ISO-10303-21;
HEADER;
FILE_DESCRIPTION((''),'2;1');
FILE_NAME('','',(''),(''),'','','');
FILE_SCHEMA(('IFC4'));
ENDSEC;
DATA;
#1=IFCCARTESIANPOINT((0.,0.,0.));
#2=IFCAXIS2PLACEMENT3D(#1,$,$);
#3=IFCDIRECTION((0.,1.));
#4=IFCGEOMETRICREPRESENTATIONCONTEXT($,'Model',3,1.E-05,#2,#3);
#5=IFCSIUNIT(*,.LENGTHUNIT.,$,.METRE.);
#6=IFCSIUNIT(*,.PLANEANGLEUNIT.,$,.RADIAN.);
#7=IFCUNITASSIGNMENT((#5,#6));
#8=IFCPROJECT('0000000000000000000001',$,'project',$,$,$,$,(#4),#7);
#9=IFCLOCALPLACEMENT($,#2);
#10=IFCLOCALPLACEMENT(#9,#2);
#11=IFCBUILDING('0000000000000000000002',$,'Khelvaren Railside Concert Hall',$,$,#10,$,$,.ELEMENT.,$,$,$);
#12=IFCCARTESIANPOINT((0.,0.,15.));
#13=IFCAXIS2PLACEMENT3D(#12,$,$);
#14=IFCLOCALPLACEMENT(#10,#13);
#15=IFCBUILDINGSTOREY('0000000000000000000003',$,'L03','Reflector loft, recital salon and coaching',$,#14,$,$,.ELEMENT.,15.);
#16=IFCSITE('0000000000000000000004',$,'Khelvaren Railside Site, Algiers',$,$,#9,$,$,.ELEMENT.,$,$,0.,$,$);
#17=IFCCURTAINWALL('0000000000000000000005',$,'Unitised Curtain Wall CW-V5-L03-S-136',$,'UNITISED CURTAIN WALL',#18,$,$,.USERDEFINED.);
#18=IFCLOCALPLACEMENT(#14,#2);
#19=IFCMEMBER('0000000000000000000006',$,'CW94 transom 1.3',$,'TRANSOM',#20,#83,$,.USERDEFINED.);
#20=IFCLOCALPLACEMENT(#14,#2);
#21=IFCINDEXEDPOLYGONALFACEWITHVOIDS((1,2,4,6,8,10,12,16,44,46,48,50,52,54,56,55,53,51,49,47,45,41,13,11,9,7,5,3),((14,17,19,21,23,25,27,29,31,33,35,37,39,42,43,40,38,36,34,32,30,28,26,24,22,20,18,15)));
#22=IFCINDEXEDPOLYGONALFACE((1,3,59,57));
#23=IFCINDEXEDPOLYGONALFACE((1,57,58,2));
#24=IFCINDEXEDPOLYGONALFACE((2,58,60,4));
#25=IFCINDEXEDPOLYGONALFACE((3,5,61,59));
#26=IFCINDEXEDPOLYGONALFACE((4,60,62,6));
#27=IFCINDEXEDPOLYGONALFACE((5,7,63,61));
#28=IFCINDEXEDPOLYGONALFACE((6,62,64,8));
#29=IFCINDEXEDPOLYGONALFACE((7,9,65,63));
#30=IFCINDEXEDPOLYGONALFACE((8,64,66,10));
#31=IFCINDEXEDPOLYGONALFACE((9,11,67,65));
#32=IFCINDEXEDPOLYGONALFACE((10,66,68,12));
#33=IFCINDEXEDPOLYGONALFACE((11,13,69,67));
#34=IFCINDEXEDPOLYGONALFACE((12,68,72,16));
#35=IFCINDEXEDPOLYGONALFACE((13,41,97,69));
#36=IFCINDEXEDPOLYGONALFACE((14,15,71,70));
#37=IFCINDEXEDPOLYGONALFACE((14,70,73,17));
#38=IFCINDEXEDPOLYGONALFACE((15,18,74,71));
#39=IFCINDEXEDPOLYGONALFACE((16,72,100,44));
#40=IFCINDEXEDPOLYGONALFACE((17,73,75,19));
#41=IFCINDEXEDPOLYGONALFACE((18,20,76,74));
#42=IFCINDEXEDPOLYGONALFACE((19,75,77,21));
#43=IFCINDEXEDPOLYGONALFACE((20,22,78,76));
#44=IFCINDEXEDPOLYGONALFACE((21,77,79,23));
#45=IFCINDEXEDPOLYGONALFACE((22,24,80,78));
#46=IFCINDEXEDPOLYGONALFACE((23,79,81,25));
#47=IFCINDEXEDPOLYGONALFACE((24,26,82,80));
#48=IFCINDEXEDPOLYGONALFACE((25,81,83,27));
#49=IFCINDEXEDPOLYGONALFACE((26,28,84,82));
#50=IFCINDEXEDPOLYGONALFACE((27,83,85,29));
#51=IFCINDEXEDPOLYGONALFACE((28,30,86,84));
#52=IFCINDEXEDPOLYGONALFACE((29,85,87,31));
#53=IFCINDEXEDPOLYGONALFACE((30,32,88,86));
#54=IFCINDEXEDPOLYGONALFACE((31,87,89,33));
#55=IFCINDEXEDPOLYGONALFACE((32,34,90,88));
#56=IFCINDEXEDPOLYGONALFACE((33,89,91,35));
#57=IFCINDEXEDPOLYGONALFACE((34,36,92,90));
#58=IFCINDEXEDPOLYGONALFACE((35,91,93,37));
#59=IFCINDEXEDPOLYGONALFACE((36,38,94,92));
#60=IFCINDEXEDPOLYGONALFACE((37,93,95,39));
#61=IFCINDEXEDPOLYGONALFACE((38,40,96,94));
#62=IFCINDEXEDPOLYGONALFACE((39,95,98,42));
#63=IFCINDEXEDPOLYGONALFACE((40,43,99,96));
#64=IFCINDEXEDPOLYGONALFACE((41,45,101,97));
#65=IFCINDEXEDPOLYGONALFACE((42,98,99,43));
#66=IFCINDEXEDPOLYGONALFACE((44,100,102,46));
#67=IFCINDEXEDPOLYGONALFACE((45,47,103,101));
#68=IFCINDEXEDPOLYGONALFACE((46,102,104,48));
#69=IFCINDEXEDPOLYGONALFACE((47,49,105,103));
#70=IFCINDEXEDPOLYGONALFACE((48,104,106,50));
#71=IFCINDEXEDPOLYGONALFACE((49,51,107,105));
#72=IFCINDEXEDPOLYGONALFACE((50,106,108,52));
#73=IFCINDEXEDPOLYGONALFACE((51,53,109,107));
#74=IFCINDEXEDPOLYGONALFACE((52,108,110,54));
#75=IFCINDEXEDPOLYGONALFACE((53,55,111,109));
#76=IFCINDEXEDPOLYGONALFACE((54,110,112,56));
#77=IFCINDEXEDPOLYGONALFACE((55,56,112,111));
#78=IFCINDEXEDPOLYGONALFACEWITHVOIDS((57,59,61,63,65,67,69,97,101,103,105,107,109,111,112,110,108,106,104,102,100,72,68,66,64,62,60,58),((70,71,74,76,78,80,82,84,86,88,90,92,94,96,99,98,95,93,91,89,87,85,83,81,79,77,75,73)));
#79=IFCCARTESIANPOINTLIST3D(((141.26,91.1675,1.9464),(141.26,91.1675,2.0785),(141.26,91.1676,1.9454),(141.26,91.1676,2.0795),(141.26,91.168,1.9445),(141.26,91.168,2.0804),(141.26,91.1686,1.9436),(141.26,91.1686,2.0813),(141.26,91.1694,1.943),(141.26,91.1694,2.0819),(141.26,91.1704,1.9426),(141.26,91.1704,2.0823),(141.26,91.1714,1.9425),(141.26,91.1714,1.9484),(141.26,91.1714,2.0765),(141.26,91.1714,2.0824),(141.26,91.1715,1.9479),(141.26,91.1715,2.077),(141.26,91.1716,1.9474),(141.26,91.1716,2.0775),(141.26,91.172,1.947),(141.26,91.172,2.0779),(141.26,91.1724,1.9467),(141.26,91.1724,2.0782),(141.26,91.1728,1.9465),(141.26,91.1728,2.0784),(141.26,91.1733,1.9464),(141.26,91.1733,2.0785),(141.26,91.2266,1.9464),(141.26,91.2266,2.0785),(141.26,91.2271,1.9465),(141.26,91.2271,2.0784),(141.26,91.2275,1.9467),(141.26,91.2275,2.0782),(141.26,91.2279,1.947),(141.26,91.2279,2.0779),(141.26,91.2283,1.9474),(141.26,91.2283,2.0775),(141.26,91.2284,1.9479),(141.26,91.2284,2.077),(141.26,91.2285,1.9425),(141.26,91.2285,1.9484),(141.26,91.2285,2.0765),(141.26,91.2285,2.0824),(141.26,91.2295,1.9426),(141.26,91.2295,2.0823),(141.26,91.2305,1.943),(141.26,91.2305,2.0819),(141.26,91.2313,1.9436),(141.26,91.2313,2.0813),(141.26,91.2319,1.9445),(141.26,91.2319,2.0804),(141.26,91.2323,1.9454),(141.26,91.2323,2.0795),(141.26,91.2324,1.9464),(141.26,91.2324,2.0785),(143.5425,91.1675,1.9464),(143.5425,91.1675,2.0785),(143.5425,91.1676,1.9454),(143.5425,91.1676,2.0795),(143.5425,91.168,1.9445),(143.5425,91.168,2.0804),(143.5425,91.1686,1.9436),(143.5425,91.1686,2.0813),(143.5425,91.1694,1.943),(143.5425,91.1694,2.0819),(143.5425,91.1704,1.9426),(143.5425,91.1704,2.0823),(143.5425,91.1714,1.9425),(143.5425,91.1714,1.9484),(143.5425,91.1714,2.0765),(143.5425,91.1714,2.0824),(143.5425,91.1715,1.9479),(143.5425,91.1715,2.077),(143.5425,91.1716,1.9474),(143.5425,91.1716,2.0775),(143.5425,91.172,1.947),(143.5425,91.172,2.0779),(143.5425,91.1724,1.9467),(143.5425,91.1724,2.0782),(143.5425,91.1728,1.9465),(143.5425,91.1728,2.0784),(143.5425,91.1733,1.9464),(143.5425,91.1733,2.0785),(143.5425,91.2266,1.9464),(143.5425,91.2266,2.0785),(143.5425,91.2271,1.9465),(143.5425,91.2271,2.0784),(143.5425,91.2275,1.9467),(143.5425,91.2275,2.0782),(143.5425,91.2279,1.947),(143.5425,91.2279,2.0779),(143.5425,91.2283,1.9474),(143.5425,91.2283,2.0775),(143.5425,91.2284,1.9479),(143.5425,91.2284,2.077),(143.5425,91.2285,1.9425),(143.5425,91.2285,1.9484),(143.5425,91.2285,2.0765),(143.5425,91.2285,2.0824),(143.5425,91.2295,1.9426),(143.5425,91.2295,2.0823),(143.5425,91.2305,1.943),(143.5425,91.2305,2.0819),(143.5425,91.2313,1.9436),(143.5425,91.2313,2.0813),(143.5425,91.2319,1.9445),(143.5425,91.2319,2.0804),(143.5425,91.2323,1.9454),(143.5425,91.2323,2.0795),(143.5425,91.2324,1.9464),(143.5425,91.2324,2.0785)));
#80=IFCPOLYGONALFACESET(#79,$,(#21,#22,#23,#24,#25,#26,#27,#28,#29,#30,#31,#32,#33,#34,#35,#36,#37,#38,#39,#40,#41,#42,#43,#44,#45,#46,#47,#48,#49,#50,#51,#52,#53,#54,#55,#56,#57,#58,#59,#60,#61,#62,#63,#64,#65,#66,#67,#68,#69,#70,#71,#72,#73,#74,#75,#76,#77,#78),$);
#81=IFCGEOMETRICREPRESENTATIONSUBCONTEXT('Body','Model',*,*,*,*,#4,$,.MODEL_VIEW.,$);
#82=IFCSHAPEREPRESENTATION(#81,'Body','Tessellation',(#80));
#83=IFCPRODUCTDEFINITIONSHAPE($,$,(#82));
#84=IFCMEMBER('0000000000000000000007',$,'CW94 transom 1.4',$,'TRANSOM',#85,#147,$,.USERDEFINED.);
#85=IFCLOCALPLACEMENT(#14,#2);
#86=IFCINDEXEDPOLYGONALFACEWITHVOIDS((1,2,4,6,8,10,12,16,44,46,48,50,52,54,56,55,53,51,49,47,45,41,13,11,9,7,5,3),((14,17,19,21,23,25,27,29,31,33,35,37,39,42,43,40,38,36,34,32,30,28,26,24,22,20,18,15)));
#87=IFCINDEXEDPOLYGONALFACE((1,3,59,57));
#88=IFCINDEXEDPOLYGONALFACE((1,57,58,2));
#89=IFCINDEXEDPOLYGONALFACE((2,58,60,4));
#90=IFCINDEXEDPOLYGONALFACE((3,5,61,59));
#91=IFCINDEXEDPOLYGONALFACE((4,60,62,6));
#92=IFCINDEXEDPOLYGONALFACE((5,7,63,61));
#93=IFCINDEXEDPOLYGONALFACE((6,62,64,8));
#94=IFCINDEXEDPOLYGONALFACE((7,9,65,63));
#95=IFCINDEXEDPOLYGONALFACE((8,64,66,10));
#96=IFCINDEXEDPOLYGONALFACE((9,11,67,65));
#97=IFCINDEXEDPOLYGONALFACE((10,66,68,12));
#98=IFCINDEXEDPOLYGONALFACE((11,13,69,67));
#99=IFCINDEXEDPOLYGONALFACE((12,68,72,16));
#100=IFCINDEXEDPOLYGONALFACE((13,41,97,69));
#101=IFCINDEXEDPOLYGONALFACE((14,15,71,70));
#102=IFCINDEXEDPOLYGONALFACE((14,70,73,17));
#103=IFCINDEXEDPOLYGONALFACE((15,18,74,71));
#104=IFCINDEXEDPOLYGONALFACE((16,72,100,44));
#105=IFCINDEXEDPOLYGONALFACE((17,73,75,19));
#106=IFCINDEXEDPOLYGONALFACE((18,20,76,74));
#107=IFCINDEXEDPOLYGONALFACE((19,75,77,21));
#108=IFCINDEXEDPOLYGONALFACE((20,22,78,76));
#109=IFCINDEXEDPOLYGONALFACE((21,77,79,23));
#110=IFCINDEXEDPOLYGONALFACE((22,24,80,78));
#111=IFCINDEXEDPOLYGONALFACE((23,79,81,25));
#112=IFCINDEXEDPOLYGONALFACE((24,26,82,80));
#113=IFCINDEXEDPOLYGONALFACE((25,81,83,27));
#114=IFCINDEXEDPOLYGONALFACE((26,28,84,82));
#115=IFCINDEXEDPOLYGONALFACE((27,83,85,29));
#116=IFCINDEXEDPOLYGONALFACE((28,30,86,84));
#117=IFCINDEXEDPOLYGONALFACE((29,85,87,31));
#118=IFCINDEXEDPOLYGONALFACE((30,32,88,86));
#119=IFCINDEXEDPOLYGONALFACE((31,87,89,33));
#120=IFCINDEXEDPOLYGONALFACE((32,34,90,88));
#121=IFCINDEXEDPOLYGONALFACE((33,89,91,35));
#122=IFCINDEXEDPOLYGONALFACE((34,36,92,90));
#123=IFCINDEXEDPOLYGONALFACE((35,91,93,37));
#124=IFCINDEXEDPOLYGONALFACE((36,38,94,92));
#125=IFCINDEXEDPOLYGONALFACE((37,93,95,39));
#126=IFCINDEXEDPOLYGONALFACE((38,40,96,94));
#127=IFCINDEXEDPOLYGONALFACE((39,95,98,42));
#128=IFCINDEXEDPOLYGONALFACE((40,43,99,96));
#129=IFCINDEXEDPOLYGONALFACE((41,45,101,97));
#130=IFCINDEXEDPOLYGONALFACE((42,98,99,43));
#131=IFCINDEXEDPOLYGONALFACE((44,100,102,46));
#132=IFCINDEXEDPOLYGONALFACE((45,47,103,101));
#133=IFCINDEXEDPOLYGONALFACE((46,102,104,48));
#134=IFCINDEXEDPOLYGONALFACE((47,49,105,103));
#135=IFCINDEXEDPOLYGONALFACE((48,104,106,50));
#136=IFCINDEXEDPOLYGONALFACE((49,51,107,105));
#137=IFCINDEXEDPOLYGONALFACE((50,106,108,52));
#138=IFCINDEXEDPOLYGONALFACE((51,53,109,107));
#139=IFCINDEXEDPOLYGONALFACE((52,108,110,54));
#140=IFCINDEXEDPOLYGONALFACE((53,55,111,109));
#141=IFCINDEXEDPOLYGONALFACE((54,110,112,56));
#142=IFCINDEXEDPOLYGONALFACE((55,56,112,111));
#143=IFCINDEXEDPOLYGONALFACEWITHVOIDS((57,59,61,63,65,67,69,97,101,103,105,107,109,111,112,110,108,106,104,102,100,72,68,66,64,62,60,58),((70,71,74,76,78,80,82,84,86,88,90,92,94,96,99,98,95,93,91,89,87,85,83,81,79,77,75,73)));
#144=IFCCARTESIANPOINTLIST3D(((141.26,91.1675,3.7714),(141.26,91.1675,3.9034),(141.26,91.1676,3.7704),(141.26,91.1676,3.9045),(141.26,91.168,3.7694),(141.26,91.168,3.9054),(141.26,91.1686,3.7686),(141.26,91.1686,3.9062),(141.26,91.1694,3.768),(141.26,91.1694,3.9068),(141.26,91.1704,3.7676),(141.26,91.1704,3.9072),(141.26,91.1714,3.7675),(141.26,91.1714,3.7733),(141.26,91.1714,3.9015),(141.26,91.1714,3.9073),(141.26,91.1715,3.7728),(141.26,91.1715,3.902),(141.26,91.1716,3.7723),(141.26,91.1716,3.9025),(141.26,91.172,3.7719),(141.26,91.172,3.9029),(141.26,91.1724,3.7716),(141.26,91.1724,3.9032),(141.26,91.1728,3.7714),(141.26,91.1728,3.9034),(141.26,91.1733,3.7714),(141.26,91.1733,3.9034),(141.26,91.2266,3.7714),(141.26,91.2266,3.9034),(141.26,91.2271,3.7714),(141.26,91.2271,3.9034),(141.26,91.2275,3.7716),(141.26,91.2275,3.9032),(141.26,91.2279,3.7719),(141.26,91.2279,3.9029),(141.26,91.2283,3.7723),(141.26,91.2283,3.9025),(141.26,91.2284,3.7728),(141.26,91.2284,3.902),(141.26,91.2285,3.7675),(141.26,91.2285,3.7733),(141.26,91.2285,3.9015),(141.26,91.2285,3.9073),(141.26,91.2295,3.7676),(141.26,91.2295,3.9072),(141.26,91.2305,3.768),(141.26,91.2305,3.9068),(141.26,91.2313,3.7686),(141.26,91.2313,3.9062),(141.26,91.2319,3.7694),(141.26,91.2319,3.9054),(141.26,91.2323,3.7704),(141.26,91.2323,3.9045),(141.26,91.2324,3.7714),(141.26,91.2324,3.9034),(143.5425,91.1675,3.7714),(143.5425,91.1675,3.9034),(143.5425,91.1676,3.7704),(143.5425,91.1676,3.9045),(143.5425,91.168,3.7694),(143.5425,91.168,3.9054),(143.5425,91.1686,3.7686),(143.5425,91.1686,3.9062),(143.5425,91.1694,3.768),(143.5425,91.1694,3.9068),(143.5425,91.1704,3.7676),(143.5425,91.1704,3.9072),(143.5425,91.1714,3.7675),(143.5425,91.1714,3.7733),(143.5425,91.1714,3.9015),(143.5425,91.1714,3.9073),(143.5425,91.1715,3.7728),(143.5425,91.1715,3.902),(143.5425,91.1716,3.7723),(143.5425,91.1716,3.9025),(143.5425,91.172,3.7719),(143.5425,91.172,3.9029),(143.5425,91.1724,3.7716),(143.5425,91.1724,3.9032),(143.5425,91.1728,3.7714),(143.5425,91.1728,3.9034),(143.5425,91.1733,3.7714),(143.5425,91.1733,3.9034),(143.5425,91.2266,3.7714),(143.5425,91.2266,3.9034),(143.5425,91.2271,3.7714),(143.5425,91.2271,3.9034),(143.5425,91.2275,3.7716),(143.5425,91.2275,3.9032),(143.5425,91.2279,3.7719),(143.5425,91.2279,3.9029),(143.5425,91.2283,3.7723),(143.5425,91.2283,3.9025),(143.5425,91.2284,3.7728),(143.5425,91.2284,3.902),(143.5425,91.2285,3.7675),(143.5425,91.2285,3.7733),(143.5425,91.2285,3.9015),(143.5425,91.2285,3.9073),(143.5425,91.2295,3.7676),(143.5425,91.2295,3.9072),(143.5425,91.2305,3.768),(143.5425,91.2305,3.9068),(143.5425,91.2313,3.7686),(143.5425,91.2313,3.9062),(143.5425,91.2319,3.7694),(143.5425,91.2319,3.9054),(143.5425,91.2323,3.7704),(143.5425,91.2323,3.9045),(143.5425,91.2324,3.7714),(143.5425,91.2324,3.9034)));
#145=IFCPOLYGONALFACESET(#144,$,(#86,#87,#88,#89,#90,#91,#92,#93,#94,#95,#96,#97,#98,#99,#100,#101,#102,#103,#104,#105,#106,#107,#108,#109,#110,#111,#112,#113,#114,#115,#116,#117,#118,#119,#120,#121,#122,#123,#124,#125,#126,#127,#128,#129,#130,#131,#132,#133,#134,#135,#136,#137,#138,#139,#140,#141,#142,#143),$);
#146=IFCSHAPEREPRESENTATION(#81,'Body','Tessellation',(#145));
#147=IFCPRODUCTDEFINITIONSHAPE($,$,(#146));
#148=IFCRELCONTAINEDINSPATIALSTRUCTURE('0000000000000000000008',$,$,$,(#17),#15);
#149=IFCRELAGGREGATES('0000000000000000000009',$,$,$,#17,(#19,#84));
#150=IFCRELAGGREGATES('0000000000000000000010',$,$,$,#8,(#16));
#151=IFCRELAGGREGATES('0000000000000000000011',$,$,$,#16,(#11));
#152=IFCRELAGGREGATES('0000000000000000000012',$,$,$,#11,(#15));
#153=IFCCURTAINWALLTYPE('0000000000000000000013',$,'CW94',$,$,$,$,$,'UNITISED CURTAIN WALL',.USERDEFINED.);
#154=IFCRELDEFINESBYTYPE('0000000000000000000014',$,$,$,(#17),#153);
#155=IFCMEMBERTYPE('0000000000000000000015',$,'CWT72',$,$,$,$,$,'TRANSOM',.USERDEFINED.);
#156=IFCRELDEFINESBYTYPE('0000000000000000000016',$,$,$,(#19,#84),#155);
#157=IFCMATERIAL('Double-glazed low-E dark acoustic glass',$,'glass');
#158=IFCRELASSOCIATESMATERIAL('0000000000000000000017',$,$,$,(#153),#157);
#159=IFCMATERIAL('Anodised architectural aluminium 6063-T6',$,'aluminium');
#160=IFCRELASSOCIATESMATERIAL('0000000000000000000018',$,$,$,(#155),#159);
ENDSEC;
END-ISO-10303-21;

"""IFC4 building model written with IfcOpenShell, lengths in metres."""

from ifc_helpers import new_model, si_unit, direction, frame, origin, origin_2d, place, context, subcontext, project, spatial, hollow_rectangle, extrude, material, material_profile, profile_set, type_object, element, aggregate, save


model = new_model("IFC4")

# Units and contexts
model_context = context("Model", 3, precision=1e-05, world=origin(), true_north=direction((0.0, 1.0)))
body_context = subcontext(model_context, "Body", "Model", "MODEL_VIEW")
ifc_project = project(units=[si_unit("LENGTHUNIT", "METRE"), si_unit("PLANEANGLEUNIT", "RADIAN")], contexts=[model_context])

# Site, building, storey
site_placement = place(None, origin())
site = spatial("IfcSite", under=ifc_project, at=site_placement, Name="Khelvaren Railside Site, Algiers", CompositionType="ELEMENT", RefElevation=0.0)
building_placement = place(site_placement, origin())
building = spatial("IfcBuilding", under=site, at=building_placement, Name="Khelvaren Railside Concert Hall", CompositionType="ELEMENT")
storey_placement = place(building_placement, frame((0.0, 0.0, 15.0)))
storey = spatial("IfcBuildingStorey", under=building, at=storey_placement, Name="L03", Description="Reflector loft, recital salon and coaching", CompositionType="ELEMENT", Elevation=15.0)

# Curtain wall
ifc_material_1 = material(Name="Double-glazed low-E dark acoustic glass", Category="glass")
curtain_wall_type_1 = type_object("IfcCurtainWallType", Name="CW94", ElementType="UNITISED CURTAIN WALL", PredefinedType="USERDEFINED", material=ifc_material_1)
curtain_wall_1_placement = place(storey_placement, origin())
curtain_wall_1 = element("IfcCurtainWall", 1, at=curtain_wall_1_placement, inside=storey, type_object=curtain_wall_type_1, Name="Unitised Curtain Wall CW-V5-L03-S-136", ObjectType="UNITISED CURTAIN WALL", PredefinedType="USERDEFINED")
ifc_material_2 = material(Name="Anodised architectural aluminium 6063-T6", Category="aluminium")

# Members
ifc_material_profile_1 = material_profile(ifc_material_2, hollow_rectangle(XDim=0.0649, YDim=0.1399, WallThickness=0.0039, InnerFilletRadius=0.002, OuterFilletRadius=0.0039, at=origin_2d()), Name="CWT 65x140x4")
ifc_profile_set_1 = profile_set([ifc_material_profile_1], Name="Anodised architectural aluminium 6063-T6")
member_type_1 = type_object("IfcMemberType", Name="CWT72", ElementType="TRANSOM", PredefinedType="USERDEFINED", material=ifc_profile_set_1)
member_1_placement = place(storey_placement, frame((143.5425, 91.2, 2.0125), z_axis=(-1.0, 0.0, 0.0), x_axis=(0.0, -1.0, 0.0)))
member_1 = element("IfcMember", 2, at=member_1_placement, type_object=member_type_1, Name="CW94 transom 1.3", ObjectType="TRANSOM", PredefinedType="USERDEFINED", context=body_context, shape_type="SweptSolid", body=[
    extrude(hollow_rectangle(XDim=0.0649, YDim=0.1399, WallThickness=0.0039, InnerFilletRadius=0.002, OuterFilletRadius=0.0039, at=origin_2d()), origin(), (0.0, 0.0, 1.0), 2.2825),
])
member_2_placement = place(storey_placement, frame((143.5425, 91.2, 3.8374), z_axis=(-1.0, 0.0, 0.0), x_axis=(0.0, -1.0, 0.0)))
member_2 = element("IfcMember", 3, at=member_2_placement, type_object=member_type_1, Name="CW94 transom 1.4", ObjectType="TRANSOM", PredefinedType="USERDEFINED", context=body_context, shape_type="SweptSolid", body=[
    extrude(hollow_rectangle(XDim=0.0649, YDim=0.1399, WallThickness=0.0039, InnerFilletRadius=0.002, OuterFilletRadius=0.0039, at=origin_2d()), origin(), (0.0, 0.0, 1.0), 2.2825),
])

aggregate(curtain_wall_1, [member_1, member_2])

save(model, "model.ifc")
